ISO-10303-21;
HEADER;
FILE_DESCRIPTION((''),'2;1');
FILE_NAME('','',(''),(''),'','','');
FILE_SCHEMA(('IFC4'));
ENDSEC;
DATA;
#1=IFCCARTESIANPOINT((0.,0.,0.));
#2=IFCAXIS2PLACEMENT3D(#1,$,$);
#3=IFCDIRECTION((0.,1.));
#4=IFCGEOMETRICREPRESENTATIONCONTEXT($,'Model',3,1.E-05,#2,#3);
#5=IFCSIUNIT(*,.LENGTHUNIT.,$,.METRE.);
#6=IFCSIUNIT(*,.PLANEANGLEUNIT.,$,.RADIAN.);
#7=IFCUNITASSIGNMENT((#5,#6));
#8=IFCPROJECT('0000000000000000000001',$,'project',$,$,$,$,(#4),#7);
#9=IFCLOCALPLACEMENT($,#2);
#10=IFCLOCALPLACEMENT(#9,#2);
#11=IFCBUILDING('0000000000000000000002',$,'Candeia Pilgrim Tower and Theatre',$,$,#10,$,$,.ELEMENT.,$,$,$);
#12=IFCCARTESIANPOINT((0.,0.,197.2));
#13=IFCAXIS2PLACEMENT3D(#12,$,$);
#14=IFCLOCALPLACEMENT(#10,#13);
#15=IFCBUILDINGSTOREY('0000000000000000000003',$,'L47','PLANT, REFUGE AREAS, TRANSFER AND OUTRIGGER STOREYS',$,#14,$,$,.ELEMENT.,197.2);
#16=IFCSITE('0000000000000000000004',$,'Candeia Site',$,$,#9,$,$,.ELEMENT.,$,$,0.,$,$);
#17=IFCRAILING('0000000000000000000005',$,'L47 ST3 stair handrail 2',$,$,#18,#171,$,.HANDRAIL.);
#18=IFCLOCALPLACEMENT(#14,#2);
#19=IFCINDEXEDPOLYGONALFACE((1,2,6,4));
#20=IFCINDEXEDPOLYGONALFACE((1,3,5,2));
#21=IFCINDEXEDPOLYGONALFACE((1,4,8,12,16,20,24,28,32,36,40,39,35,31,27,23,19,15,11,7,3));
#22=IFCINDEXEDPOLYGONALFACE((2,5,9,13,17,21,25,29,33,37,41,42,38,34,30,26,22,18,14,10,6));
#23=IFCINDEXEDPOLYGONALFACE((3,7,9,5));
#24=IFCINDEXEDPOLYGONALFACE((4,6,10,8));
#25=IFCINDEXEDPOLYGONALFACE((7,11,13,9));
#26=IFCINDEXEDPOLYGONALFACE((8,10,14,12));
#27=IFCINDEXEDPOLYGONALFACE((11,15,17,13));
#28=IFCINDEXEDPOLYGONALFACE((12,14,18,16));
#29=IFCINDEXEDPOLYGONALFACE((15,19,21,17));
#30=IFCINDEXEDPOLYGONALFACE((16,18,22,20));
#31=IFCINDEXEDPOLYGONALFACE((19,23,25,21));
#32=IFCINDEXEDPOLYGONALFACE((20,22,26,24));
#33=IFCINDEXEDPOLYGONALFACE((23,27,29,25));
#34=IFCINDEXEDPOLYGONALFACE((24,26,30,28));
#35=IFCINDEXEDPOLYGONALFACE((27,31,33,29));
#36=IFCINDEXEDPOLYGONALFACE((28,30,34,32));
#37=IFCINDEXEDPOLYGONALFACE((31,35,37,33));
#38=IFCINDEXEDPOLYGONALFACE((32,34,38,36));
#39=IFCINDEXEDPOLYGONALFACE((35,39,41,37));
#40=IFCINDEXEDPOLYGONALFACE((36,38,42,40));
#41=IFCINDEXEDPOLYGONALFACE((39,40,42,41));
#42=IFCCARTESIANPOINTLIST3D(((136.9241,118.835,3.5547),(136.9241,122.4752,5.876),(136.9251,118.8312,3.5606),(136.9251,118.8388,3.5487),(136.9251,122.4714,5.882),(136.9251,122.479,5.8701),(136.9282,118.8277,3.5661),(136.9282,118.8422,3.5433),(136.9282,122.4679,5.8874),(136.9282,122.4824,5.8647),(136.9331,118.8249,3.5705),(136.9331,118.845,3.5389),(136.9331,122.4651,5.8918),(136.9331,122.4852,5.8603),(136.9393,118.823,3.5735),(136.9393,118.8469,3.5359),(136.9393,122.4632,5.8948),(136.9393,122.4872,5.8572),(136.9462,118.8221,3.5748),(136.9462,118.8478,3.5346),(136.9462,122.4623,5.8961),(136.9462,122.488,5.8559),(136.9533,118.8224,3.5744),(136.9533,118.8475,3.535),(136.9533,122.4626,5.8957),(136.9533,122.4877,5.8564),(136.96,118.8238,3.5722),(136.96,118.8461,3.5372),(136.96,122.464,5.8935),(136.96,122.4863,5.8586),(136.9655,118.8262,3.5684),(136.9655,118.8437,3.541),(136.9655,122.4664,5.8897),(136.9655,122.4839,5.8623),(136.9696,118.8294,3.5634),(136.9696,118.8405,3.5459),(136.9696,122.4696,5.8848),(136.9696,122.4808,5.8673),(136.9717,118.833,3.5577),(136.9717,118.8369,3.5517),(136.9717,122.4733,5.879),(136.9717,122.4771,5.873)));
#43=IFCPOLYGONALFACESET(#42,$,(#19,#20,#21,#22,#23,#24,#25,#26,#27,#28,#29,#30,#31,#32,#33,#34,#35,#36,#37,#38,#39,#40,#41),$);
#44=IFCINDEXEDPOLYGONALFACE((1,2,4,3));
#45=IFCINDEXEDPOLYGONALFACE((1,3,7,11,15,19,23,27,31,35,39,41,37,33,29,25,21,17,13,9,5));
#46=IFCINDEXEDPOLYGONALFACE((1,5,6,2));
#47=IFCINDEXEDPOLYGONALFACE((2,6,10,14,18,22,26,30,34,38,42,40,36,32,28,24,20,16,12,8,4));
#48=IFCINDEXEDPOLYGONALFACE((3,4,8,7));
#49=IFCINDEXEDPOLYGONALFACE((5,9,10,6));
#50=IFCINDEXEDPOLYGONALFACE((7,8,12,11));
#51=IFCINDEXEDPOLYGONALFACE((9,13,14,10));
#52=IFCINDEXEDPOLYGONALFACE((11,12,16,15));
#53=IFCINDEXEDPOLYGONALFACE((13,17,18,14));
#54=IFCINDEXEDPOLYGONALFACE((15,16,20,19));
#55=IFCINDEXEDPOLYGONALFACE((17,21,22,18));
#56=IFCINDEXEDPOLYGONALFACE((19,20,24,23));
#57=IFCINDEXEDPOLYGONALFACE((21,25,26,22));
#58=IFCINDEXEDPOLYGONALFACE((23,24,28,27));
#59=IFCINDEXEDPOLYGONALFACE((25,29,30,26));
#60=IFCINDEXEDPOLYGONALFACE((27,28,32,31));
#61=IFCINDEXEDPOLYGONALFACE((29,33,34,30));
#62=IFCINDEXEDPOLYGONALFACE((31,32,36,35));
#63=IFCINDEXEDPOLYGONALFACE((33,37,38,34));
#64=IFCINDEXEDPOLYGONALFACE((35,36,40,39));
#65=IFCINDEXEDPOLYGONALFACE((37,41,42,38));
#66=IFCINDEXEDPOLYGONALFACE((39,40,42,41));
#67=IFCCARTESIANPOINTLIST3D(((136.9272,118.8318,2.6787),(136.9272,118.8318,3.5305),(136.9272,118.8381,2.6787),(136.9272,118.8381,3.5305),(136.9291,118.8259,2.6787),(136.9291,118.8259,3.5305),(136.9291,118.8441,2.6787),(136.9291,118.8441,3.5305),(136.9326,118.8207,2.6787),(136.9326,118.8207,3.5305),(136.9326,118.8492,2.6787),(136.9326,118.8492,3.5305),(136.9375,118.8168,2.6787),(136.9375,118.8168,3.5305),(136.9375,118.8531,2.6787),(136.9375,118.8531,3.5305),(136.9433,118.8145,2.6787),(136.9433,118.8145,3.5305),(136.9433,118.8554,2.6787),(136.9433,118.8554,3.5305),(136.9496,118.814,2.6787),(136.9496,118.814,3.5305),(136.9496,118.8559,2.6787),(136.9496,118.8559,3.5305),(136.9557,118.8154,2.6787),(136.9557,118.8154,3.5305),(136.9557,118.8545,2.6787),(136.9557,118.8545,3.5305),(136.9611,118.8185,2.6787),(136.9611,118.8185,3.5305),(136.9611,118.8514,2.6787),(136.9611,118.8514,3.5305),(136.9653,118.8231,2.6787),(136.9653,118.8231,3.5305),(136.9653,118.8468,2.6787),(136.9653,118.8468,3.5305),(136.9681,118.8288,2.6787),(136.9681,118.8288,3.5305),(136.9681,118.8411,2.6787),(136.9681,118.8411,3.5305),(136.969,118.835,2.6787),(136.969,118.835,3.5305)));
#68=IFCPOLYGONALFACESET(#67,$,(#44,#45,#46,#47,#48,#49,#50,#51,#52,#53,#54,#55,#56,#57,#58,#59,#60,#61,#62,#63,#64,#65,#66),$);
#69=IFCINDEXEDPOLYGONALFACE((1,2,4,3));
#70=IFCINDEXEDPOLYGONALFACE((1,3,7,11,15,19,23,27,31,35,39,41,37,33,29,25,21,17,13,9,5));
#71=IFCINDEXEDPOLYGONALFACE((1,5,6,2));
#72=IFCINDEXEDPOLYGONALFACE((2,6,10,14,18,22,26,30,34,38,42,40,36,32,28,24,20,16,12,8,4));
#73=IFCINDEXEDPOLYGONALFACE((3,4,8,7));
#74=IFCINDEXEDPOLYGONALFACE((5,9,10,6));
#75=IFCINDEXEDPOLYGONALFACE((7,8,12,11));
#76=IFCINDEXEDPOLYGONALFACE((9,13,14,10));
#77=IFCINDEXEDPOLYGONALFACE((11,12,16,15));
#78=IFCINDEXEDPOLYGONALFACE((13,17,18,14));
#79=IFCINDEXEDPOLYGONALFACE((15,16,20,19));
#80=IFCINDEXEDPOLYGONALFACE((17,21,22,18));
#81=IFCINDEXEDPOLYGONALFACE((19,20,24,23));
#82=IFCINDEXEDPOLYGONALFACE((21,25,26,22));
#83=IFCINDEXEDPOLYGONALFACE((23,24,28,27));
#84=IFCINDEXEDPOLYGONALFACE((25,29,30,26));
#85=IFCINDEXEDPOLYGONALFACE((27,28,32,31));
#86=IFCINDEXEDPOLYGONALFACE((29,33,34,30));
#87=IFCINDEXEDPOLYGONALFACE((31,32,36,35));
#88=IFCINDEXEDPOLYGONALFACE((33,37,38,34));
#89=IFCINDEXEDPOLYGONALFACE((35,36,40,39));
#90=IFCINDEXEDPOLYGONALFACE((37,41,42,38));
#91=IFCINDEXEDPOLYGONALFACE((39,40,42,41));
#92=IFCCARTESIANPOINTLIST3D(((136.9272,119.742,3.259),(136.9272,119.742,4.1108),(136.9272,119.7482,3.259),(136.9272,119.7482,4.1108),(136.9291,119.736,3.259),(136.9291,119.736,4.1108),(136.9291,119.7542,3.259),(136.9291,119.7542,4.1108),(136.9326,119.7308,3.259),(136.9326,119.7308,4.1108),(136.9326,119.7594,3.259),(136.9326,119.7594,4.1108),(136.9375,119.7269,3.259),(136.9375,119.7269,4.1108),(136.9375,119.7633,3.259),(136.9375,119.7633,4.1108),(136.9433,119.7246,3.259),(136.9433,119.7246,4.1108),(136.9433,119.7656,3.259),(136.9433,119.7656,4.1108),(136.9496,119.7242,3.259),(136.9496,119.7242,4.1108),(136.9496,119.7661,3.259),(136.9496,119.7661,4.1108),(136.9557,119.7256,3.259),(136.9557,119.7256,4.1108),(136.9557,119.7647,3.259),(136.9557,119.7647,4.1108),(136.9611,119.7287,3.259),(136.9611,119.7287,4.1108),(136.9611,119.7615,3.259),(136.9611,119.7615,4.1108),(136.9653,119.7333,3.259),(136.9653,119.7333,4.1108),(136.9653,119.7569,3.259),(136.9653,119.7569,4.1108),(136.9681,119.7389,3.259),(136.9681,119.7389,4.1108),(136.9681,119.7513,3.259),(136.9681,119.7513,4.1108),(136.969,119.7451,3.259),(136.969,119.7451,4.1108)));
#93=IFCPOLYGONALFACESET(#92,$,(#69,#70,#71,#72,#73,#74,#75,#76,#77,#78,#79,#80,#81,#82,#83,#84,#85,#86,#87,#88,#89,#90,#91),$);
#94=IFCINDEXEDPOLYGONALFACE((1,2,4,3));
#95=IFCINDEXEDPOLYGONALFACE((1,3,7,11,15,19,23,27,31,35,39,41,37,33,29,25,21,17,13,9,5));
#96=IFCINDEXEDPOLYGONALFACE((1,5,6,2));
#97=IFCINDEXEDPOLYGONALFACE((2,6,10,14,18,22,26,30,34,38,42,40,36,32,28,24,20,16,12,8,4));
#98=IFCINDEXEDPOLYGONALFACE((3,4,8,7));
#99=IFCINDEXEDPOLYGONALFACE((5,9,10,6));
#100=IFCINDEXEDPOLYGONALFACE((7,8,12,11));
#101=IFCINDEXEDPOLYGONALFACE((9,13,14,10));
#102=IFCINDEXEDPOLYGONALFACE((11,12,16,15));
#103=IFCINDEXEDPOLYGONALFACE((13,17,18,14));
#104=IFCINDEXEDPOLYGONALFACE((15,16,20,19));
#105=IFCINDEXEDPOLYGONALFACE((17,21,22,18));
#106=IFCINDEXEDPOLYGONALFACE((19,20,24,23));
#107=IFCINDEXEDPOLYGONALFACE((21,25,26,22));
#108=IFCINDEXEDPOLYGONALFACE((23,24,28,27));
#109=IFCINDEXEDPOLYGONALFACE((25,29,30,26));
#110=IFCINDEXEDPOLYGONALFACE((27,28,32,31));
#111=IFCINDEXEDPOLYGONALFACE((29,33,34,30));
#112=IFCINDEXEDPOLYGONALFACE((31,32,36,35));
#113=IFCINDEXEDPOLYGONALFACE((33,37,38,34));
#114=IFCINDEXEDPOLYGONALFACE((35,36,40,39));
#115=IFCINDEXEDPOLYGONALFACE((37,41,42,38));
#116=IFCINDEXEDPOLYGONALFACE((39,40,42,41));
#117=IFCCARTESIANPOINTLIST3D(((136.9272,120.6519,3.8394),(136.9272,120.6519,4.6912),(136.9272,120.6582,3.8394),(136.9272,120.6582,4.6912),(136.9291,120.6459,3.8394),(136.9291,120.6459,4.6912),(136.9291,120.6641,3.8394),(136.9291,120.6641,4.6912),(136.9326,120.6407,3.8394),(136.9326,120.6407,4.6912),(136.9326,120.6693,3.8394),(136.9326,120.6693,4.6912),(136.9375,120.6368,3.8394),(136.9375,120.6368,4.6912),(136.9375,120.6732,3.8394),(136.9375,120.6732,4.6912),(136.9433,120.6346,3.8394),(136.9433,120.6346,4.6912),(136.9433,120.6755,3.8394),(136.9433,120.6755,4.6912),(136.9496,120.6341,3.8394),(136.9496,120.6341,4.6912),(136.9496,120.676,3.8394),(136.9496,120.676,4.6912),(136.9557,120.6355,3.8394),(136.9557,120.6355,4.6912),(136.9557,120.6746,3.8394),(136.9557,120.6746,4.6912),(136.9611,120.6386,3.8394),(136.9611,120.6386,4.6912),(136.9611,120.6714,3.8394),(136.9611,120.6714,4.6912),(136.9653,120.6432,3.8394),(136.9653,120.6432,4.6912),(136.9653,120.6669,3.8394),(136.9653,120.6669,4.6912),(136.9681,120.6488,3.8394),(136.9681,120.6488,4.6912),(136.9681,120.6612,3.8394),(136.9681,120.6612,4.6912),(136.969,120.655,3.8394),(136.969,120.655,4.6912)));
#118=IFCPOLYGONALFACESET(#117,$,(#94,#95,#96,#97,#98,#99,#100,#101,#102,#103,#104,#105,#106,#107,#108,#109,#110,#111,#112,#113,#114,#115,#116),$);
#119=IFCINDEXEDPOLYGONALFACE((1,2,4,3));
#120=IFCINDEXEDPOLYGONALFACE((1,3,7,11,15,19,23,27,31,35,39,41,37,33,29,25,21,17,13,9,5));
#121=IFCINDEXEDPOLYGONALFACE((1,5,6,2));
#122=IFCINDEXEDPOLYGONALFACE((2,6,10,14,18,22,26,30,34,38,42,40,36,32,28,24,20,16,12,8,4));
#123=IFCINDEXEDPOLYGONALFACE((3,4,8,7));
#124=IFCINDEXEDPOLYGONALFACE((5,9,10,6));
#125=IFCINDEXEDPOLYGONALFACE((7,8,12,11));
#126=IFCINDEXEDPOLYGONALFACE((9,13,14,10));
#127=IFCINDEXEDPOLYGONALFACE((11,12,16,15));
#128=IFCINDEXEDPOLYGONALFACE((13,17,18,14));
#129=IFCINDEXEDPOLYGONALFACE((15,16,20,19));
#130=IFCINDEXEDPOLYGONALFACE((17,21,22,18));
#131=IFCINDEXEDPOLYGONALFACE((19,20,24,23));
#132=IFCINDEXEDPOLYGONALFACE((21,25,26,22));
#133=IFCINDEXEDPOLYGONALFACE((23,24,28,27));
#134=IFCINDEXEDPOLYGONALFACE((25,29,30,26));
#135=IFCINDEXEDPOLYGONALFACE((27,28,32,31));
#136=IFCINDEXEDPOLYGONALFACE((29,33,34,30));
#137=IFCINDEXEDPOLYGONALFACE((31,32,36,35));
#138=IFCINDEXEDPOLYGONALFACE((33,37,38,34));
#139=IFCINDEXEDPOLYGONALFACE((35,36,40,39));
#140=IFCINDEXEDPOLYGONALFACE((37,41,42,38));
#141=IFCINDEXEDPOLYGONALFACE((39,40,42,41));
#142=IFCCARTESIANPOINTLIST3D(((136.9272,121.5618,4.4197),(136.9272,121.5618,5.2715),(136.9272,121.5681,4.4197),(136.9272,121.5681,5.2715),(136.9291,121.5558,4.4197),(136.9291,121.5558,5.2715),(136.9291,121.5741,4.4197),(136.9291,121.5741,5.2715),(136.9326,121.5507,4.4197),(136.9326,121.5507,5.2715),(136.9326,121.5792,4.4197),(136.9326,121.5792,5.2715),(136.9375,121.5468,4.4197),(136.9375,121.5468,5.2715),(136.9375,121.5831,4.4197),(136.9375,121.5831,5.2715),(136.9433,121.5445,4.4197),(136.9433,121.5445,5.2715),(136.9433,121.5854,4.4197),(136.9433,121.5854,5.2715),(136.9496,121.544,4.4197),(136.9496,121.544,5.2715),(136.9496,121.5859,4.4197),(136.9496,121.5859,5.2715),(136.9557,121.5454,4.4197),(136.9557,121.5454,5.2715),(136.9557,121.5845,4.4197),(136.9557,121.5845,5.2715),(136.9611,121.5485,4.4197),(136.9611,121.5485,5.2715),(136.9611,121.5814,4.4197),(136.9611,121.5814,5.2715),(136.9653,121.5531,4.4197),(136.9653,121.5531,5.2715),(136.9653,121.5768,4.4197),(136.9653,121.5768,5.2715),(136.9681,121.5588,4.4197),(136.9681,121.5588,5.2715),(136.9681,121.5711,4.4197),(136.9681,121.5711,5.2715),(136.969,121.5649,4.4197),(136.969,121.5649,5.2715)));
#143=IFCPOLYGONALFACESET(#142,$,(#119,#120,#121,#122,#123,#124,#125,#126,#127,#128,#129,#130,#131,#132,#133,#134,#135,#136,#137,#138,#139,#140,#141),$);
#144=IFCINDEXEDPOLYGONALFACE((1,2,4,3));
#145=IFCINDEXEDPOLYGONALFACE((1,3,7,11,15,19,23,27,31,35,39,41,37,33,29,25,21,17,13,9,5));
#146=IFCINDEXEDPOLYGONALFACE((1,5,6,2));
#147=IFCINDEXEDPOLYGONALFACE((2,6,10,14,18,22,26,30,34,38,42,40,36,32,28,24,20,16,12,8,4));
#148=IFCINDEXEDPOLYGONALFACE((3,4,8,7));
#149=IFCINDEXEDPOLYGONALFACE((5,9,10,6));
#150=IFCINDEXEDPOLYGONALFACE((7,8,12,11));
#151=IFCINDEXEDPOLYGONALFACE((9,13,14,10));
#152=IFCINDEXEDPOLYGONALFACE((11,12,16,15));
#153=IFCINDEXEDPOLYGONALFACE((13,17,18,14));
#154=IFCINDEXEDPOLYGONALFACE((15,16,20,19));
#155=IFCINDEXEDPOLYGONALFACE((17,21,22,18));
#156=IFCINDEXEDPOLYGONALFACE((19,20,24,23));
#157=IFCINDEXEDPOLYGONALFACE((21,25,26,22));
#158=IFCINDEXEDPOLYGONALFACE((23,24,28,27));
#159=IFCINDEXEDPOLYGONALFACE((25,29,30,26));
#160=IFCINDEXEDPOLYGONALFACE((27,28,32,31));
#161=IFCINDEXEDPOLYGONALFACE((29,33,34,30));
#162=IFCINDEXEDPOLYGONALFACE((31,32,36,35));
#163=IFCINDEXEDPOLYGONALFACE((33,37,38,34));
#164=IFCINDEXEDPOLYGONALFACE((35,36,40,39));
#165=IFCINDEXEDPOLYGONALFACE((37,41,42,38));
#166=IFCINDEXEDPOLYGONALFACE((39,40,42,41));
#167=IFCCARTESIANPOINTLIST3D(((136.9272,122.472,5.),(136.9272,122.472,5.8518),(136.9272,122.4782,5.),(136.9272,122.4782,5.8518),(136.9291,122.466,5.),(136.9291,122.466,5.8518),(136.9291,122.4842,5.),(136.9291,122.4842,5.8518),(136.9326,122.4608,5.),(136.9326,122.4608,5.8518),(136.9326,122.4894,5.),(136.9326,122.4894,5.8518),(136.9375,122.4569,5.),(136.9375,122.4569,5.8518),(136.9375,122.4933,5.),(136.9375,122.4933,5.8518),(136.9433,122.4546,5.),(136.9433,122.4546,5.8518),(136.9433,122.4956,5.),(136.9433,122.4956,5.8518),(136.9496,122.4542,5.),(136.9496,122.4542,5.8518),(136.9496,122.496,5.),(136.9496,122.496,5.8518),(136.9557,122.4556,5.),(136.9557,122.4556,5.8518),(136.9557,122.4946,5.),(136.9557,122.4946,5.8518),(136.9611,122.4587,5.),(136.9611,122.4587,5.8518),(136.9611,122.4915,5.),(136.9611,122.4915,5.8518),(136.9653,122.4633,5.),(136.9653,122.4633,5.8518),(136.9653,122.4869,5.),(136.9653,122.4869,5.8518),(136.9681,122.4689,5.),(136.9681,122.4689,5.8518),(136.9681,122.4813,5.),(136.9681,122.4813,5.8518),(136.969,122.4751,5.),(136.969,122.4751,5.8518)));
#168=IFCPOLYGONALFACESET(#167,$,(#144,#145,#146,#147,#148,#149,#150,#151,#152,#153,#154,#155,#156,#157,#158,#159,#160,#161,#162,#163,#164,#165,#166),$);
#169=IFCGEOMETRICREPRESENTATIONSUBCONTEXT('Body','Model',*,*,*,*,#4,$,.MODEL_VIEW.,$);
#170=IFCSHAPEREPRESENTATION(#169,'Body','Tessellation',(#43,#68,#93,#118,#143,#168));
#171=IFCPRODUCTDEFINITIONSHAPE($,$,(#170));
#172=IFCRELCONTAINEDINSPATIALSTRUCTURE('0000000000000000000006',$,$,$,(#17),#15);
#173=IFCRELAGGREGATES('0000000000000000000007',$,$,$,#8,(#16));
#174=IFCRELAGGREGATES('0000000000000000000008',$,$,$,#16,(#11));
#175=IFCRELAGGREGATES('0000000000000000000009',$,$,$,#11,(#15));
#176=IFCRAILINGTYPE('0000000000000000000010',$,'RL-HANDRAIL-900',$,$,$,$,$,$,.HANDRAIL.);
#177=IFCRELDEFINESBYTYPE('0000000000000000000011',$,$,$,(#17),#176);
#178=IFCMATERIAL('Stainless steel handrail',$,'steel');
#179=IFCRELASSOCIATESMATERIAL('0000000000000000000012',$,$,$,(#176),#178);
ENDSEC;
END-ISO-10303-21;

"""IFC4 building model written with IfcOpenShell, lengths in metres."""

from ifc_helpers import new_model, si_unit, direction, frame, origin, origin_2d, place, context, subcontext, project, spatial, circle, extrude, material, type_object, element, save


model = new_model("IFC4")

# Units and contexts
model_context = context("Model", 3, precision=1e-05, world=origin(), true_north=direction((0.0, 1.0)))
body_context = subcontext(model_context, "Body", "Model", "MODEL_VIEW")
ifc_project = project(units=[si_unit("LENGTHUNIT", "METRE"), si_unit("PLANEANGLEUNIT", "RADIAN")], contexts=[model_context])

# Site, building, storey
site_placement = place(None, origin())
site = spatial("IfcSite", under=ifc_project, at=site_placement, Name="Candeia Site", CompositionType="ELEMENT", RefElevation=0.0)
building_placement = place(site_placement, origin())
building = spatial("IfcBuilding", under=site, at=building_placement, Name="Candeia Pilgrim Tower and Theatre", CompositionType="ELEMENT")
storey_placement = place(building_placement, frame((0.0, 0.0, 197.2)))
storey = spatial("IfcBuildingStorey", under=building, at=storey_placement, Name="L47", Description="PLANT, REFUGE AREAS, TRANSFER AND OUTRIGGER STOREYS", CompositionType="ELEMENT", Elevation=197.2)

# Railing
ifc_material_1 = material(Name="Stainless steel handrail", Category="steel")
railing_type_1 = type_object("IfcRailingType", Name="RL-HANDRAIL-900", PredefinedType="HANDRAIL", material=ifc_material_1)
railing_1_placement = place(storey_placement, frame((136.948, 118.835, 2.6787)))
element("IfcRailing", 1, at=railing_1_placement, inside=storey, type_object=railing_type_1, Name="L47 ST3 stair handrail 2", PredefinedType="HANDRAIL", context=body_context, shape_type="SweptSolid", body=[
    extrude(circle(Radius=0.0239, at=origin_2d()), frame((0.0, 0.0, 0.876), z_axis=(0.0, 0.843153, 0.537673), x_axis=(-1.0, 0.0, 0.0)), (0.0, 0.0, 1.0), 4.3174),
    extrude(circle(Radius=0.021, at=origin_2d()), origin(), (0.0, 0.0, 1.0), 0.8518),
    extrude(circle(Radius=0.021, at=origin_2d()), frame((0.0, 0.9102, 0.5803)), (0.0, 0.0, 1.0), 0.8518),
    extrude(circle(Radius=0.021, at=origin_2d()), frame((0.0, 1.8201, 1.1606)), (0.0, 0.0, 1.0), 0.8518),
    extrude(circle(Radius=0.021, at=origin_2d()), frame((0.0, 2.73, 1.741)), (0.0, 0.0, 1.0), 0.8518),
    extrude(circle(Radius=0.021, at=origin_2d()), frame((0.0, 3.6401, 2.3213)), (0.0, 0.0, 1.0), 0.8518),
])

save(model, "model.ifc")
